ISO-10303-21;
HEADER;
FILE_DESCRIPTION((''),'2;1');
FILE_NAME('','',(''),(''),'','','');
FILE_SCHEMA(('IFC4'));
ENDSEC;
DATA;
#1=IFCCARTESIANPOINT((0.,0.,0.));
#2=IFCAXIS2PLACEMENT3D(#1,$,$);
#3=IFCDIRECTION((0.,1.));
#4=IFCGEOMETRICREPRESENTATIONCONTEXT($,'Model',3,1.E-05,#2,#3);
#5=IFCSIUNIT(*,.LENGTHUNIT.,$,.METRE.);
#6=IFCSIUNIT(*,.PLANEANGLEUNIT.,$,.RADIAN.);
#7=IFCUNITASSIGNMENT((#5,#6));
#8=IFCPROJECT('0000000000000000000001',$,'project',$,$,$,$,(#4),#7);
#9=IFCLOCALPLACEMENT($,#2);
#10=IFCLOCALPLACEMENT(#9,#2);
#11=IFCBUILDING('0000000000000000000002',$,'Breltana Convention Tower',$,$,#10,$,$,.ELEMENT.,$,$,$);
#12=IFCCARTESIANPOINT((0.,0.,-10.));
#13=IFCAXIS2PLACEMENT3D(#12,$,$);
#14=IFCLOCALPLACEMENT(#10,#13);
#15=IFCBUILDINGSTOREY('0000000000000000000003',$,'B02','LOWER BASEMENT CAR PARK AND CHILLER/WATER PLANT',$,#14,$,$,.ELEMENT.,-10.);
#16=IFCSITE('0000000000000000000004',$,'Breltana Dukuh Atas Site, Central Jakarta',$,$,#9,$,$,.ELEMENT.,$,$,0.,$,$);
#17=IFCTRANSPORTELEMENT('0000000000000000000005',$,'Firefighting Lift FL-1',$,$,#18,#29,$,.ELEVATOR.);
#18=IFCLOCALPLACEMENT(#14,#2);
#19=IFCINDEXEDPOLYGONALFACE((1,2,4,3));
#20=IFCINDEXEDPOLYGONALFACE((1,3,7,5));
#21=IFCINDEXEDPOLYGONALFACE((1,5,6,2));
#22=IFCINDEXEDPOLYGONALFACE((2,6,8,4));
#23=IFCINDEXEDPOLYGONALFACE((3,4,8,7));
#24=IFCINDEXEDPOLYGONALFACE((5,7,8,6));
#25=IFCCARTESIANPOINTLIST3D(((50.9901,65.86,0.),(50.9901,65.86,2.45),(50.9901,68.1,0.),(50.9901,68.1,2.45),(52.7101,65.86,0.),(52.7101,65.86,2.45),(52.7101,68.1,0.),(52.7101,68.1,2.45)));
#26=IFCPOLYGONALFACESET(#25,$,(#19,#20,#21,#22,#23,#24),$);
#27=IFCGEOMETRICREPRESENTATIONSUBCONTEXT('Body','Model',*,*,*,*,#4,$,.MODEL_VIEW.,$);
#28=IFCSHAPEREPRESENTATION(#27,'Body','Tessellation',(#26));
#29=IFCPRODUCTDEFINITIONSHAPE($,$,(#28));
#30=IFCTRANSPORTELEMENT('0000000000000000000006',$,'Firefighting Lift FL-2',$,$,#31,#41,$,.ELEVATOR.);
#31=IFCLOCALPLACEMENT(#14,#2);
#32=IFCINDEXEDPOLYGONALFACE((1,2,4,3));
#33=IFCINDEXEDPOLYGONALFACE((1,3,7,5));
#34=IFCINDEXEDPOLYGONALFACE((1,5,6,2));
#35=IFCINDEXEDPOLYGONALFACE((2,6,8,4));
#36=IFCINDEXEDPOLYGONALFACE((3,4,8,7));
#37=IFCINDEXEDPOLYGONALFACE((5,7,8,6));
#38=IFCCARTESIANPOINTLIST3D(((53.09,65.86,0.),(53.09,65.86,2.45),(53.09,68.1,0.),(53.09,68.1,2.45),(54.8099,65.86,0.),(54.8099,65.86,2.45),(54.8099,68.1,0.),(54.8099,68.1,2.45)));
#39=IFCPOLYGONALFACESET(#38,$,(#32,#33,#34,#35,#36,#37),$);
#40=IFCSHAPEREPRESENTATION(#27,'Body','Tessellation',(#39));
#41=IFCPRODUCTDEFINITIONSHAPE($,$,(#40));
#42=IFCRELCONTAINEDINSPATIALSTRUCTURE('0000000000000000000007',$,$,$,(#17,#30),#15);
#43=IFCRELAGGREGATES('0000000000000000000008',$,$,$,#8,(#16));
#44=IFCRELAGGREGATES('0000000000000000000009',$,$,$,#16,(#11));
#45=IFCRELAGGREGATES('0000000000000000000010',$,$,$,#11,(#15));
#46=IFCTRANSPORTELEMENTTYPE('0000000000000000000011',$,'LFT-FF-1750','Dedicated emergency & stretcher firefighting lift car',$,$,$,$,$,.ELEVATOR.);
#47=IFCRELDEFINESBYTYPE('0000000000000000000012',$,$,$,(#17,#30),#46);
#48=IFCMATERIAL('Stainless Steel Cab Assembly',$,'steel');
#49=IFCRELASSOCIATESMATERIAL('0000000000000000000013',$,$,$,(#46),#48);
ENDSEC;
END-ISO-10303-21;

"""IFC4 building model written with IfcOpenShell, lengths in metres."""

from ifc_helpers import new_model, si_unit, direction, frame, origin, origin_2d, place, context, subcontext, project, spatial, rectangle, extrude, source, transform, mapped, material, type_object, type_shapes, element, save


model = new_model("IFC4")

# Units and contexts
model_context = context("Model", 3, precision=1e-05, world=origin(), true_north=direction((0.0, 1.0)))
body_context = subcontext(model_context, "Body", "Model", "MODEL_VIEW")
ifc_project = project(units=[si_unit("LENGTHUNIT", "METRE"), si_unit("PLANEANGLEUNIT", "RADIAN")], contexts=[model_context])

# Site, building, storey
site_placement = place(None, origin())
site = spatial("IfcSite", under=ifc_project, at=site_placement, Name="Breltana Dukuh Atas Site, Central Jakarta", CompositionType="ELEMENT", RefElevation=0.0)
building_placement = place(site_placement, origin())
building = spatial("IfcBuilding", under=site, at=building_placement, Name="Breltana Convention Tower", CompositionType="ELEMENT")
storey_placement = place(building_placement, frame((0.0, 0.0, -10.0)))
storey = spatial("IfcBuildingStorey", under=building, at=storey_placement, Name="B02", Description="LOWER BASEMENT CAR PARK AND CHILLER/WATER PLANT", CompositionType="ELEMENT", Elevation=-10.0)

# Transport elements
ifc_material_1 = material(Name="Stainless Steel Cab Assembly", Category="steel")
transport_element_type = type_object("IfcTransportElementType", Name="LFT-FF-1750", Description="Dedicated emergency & stretcher firefighting lift car", PredefinedType="ELEVATOR", material=ifc_material_1)
shared_shape_1 = source(origin(), body_context, "Body", "SweptSolid", [
    extrude(rectangle(XDim=1.72, YDim=2.24, at=origin_2d()), origin(), (0.0, 0.0, 1.0), 2.45),
])
type_shapes(transport_element_type, [shared_shape_1])
for number, where, z_axis, x_axis, name in (
    (1, (51.8501, 66.98, 0.0), (0.0, 0.0, 1.0), (1.0, 0.0, 0.0), "Firefighting Lift FL-1"),
    (2, (53.95, 66.98, 0.0), (0.0, 0.0, 1.0), (1.0, 0.0, 0.0), "Firefighting Lift FL-2"),
):
    element("IfcTransportElement", number, at=place(storey_placement, frame(where, z_axis=z_axis, x_axis=x_axis)), inside=storey, type_object=transport_element_type, Name=name, PredefinedType="ELEVATOR", context=body_context, shape_type="MappedRepresentation", body=[
        mapped(shared_shape_1, transform((0.0, 0.0, 0.0), scale=1.0)),
    ])

save(model, "model.ifc")
